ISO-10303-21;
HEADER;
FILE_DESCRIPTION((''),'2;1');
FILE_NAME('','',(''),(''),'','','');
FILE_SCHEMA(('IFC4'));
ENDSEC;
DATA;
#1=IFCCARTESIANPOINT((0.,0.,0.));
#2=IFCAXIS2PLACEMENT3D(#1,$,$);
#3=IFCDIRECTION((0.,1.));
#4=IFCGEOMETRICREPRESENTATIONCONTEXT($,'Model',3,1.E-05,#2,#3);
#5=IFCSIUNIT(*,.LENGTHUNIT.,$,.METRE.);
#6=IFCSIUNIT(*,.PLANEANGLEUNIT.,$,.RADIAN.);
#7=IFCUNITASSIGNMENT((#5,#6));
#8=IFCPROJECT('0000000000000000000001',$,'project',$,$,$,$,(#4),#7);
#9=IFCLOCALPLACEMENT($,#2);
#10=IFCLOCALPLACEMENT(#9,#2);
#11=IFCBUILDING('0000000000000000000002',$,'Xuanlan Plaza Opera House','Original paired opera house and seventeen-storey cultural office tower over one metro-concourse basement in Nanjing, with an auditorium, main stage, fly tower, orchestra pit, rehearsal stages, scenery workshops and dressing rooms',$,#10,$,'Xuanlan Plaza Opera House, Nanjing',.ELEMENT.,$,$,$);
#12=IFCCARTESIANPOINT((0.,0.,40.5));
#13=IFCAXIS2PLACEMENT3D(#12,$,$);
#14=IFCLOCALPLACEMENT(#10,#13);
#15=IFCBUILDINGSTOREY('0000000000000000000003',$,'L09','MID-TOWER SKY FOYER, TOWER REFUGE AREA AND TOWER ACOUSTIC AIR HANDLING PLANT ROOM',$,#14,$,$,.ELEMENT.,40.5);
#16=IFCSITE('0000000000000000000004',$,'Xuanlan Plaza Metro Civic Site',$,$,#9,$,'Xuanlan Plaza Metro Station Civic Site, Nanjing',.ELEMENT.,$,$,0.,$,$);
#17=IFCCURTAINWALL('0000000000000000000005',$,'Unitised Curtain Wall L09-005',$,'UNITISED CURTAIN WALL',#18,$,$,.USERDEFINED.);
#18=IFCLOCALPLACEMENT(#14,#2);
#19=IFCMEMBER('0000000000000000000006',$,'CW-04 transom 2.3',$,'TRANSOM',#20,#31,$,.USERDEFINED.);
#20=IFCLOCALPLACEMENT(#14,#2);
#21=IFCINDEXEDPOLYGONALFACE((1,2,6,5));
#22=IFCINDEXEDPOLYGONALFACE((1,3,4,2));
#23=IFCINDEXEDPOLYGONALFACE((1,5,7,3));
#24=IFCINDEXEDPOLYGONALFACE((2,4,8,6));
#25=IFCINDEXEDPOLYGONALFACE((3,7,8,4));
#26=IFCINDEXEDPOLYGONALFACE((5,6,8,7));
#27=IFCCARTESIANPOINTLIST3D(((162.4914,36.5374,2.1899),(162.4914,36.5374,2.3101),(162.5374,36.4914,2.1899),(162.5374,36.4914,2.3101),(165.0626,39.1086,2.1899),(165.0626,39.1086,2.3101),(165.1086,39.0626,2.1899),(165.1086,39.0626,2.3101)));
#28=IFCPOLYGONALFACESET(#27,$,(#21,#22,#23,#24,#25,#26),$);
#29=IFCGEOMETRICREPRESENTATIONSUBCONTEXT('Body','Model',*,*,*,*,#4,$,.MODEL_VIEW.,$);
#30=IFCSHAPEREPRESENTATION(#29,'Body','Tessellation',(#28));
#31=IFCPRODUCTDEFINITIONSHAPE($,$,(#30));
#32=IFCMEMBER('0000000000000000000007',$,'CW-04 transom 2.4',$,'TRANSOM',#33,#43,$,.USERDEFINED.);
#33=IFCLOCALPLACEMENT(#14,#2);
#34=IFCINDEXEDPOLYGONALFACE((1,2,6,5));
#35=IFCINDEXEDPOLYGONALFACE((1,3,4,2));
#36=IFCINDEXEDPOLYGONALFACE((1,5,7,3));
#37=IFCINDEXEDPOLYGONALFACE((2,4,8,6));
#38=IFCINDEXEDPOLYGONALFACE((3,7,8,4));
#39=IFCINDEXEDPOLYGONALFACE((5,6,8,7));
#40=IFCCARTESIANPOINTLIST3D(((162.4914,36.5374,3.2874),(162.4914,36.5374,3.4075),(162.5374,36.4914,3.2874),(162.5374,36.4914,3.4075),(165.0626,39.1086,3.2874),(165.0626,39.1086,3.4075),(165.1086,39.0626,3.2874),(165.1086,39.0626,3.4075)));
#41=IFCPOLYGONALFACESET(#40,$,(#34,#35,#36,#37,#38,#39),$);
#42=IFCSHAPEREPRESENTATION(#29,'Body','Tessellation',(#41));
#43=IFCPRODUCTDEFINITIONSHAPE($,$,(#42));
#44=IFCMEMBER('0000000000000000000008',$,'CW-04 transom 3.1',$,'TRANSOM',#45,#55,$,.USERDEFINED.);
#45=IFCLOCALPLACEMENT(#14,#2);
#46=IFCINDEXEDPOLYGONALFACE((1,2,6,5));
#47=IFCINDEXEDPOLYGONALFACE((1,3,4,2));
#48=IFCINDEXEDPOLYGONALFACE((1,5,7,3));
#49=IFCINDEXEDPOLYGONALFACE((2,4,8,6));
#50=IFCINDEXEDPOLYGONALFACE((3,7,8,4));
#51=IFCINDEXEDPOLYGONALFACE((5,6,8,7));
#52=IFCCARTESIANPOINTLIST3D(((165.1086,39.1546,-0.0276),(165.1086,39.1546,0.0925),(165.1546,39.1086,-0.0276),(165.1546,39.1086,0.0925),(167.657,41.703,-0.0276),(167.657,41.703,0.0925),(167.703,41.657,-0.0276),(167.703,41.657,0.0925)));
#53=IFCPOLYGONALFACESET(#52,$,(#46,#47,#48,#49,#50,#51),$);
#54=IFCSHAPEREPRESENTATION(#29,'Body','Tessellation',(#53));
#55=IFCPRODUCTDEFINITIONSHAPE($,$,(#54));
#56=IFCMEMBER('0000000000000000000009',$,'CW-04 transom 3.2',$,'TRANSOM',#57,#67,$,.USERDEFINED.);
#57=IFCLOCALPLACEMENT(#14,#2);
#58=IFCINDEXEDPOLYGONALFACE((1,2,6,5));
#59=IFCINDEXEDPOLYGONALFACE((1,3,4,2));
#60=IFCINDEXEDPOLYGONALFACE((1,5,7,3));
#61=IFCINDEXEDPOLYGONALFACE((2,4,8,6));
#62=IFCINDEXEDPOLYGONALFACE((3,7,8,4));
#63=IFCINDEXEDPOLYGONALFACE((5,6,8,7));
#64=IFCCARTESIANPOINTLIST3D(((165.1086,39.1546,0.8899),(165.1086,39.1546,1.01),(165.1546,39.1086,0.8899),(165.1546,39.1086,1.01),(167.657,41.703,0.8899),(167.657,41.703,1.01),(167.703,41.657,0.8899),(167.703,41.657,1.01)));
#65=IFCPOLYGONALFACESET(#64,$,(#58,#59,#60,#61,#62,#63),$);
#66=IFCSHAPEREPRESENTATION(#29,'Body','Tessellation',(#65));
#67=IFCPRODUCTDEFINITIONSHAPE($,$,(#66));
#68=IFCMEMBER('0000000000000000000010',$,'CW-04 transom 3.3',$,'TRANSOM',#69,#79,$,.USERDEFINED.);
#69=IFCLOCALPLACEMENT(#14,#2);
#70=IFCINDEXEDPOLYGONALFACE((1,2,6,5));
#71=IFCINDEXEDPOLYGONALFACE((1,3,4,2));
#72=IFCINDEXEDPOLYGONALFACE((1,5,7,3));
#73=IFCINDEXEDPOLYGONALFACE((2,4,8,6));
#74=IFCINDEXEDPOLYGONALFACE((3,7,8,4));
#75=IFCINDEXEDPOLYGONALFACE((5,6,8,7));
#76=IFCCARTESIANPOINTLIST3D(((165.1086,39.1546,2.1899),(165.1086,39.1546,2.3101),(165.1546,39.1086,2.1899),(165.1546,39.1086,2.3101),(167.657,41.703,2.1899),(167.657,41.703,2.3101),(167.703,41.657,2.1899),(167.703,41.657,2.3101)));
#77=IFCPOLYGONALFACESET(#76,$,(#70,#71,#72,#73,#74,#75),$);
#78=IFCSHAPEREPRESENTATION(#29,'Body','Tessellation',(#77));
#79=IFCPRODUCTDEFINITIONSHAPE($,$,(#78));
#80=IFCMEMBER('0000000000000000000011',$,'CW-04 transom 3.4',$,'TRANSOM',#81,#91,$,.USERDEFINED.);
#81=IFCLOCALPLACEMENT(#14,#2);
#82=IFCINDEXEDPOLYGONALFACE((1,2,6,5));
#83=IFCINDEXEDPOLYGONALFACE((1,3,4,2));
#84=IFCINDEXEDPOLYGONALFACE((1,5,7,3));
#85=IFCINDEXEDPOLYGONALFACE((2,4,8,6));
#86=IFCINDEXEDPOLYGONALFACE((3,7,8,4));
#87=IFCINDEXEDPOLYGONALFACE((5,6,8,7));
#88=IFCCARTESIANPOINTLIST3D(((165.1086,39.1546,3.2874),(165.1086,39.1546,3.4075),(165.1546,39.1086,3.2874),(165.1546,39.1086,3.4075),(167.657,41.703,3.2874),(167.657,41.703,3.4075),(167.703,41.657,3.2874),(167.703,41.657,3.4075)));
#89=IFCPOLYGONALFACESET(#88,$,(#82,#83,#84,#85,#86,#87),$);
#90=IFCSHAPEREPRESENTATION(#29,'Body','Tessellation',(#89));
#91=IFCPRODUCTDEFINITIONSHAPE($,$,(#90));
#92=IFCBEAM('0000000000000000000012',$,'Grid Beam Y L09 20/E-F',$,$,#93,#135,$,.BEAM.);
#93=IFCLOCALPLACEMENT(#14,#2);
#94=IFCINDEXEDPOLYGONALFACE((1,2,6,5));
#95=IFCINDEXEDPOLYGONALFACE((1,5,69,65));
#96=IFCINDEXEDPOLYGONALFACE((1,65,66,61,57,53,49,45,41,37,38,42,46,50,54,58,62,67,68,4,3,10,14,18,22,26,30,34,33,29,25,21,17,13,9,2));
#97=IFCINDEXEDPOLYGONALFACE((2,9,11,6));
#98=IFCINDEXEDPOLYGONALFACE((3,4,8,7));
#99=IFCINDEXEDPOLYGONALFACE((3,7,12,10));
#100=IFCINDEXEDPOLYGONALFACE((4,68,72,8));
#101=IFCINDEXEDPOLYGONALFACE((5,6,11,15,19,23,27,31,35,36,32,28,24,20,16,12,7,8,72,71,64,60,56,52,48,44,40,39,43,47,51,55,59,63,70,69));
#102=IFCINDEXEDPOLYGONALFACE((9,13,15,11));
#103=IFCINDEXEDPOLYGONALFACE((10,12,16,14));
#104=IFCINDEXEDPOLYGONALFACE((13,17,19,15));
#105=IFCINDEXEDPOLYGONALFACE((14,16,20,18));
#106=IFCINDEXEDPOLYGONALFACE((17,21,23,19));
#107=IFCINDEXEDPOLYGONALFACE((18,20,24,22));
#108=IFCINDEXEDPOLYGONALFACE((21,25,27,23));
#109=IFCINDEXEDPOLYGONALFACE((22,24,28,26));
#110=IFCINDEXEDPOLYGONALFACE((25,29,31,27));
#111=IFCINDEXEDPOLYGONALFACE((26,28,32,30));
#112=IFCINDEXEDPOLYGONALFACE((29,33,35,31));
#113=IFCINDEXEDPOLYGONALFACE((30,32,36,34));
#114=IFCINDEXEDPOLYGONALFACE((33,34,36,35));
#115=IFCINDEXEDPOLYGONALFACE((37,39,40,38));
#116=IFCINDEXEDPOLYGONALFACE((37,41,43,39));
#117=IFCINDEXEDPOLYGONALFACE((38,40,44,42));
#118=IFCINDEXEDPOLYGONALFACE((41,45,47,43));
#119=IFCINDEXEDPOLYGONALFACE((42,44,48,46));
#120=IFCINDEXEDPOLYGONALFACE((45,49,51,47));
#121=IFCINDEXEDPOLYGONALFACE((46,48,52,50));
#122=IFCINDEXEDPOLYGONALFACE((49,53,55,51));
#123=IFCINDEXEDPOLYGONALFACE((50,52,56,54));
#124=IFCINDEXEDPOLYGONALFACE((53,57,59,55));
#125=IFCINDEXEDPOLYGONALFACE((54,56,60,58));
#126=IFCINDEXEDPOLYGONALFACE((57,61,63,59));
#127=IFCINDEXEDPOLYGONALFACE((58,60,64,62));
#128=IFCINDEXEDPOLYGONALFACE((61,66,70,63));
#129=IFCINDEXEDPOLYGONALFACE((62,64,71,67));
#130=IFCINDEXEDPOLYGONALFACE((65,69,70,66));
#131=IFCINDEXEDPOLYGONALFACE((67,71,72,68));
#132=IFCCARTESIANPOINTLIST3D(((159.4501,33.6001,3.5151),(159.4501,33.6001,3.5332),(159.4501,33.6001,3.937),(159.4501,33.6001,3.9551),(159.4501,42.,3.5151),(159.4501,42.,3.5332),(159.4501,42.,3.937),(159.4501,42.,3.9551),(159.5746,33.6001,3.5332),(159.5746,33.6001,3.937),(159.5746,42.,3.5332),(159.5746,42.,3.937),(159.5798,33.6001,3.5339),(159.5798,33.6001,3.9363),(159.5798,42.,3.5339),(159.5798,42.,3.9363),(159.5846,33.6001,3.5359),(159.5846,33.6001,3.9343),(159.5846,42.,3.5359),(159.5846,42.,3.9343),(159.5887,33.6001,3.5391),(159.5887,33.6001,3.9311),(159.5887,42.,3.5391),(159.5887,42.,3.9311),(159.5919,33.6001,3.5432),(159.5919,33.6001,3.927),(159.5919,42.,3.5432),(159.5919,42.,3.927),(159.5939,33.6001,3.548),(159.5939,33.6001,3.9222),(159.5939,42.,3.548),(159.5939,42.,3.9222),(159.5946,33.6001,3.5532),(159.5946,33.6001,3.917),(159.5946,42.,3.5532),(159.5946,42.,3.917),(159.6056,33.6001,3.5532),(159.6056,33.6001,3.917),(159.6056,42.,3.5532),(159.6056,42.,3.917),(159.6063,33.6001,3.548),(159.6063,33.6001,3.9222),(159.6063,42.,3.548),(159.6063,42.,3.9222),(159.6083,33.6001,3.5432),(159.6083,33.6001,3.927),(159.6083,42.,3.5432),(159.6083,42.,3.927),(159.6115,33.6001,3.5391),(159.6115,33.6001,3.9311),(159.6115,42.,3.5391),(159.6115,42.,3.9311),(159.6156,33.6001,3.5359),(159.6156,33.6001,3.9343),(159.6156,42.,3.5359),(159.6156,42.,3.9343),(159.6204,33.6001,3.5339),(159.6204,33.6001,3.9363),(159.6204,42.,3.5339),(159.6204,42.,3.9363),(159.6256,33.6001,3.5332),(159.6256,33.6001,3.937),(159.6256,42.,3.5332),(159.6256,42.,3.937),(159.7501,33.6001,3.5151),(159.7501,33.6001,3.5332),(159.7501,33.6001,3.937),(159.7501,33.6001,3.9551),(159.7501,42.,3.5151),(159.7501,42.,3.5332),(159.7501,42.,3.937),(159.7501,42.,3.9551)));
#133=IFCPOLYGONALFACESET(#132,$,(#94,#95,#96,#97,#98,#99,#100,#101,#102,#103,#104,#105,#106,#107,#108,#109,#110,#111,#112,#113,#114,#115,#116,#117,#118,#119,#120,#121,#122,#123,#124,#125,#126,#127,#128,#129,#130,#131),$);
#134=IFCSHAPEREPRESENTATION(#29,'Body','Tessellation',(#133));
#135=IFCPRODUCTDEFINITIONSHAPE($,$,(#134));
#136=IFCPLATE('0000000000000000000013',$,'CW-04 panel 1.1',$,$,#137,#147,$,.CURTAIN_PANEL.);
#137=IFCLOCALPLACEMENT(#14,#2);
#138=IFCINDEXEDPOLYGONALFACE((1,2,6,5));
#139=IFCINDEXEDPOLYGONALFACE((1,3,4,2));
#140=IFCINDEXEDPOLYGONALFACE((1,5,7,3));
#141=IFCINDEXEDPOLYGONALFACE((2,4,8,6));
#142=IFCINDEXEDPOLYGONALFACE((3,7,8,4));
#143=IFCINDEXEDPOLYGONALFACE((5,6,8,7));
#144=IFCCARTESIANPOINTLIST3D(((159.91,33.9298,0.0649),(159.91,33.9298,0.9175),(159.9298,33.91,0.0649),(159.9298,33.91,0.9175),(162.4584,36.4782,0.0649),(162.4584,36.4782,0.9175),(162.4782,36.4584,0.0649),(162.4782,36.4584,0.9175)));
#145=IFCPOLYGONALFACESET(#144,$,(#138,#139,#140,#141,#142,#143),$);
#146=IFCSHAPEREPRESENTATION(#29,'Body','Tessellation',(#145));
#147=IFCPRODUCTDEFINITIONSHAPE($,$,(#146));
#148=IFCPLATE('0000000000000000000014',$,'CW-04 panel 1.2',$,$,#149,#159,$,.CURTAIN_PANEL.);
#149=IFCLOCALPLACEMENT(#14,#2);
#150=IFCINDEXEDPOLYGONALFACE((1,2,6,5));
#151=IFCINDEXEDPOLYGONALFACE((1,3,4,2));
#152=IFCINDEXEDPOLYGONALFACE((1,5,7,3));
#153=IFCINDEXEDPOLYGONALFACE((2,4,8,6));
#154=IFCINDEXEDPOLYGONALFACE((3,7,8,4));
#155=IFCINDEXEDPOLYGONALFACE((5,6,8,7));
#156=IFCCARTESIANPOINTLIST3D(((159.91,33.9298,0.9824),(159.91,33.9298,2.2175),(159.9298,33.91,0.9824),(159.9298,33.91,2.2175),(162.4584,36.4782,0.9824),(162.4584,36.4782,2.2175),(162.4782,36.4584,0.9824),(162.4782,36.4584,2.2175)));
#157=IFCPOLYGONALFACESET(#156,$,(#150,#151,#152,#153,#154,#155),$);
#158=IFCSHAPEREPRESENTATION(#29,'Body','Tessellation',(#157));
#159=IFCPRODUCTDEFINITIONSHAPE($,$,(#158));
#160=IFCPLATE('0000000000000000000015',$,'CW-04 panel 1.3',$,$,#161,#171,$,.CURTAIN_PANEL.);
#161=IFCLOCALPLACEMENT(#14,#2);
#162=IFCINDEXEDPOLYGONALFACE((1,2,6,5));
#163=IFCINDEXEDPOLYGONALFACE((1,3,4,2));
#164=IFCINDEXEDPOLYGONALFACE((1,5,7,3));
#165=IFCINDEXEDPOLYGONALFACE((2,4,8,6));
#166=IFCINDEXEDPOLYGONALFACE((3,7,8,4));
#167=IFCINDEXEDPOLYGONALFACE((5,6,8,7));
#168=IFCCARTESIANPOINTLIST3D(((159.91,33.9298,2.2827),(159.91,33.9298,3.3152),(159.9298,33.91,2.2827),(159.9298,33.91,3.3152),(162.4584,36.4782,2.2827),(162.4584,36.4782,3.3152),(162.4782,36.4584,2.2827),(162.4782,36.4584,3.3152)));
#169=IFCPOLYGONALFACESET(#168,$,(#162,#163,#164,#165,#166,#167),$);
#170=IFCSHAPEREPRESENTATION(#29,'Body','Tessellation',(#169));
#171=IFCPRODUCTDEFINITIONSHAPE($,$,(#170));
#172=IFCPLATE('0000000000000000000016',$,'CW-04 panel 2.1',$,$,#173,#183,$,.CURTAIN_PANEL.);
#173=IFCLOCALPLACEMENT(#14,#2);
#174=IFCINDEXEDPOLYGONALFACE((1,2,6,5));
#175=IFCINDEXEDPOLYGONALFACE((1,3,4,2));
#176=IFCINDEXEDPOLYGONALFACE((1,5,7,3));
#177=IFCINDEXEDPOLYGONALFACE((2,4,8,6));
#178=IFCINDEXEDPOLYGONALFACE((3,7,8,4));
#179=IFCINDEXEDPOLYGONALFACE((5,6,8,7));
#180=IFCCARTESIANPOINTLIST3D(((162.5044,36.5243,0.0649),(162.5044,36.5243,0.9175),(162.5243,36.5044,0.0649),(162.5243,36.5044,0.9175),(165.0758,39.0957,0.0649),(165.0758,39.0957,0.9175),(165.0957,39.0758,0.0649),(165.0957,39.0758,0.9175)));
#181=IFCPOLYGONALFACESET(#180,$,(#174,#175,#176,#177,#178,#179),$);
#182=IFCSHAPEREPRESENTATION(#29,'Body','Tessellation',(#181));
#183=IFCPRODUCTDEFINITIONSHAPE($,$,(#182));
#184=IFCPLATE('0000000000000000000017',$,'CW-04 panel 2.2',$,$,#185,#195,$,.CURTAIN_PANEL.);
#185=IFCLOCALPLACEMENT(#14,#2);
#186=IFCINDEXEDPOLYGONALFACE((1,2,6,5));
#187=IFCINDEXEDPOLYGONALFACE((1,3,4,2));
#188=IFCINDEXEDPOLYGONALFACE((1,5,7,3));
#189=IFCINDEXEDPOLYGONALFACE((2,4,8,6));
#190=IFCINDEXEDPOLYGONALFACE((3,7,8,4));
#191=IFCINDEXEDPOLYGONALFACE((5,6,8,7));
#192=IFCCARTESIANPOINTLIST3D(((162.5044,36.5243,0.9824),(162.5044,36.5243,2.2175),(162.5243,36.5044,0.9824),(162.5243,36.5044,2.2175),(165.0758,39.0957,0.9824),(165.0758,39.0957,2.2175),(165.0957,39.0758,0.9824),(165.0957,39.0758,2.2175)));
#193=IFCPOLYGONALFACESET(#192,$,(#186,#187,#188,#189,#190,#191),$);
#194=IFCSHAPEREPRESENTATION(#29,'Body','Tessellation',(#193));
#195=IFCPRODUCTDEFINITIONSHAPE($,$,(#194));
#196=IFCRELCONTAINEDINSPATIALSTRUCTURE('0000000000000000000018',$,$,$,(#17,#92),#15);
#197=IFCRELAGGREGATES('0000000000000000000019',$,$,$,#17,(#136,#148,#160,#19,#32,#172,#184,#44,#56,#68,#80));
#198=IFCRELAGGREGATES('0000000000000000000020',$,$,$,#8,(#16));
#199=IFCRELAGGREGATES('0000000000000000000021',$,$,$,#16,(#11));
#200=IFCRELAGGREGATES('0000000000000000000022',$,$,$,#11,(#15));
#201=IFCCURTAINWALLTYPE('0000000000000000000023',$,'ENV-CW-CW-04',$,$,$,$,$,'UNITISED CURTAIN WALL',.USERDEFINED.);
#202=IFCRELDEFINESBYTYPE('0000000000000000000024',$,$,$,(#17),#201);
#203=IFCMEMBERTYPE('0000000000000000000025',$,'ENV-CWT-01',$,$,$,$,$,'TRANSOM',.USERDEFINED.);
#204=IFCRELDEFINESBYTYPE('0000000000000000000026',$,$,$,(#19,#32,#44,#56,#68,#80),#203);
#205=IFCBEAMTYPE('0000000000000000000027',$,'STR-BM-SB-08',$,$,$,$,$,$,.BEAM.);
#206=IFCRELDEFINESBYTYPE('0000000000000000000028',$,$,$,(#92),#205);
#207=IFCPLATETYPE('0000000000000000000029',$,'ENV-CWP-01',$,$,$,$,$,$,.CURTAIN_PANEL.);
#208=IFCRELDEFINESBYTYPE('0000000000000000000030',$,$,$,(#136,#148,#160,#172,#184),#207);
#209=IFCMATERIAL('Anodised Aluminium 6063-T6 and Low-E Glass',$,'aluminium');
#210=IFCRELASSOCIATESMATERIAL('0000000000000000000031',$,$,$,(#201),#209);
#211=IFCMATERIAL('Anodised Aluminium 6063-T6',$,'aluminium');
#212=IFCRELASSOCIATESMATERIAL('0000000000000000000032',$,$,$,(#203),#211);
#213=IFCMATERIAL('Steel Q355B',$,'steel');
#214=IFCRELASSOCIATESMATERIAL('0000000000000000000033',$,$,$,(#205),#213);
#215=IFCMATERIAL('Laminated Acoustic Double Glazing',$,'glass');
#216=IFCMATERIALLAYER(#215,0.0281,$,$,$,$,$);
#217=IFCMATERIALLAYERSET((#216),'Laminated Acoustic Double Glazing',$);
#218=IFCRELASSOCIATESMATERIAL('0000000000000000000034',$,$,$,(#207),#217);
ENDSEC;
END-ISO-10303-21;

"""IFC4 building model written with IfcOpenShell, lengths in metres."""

from ifc_helpers import new_model, si_unit, direction, frame, origin, origin_2d, place, context, subcontext, project, spatial, rectangle, i_section, extrude, material, layer, layer_set, material_profile, profile_set, type_object, element, aggregate, save


model = new_model("IFC4")

# Units and contexts
model_context = context("Model", 3, precision=1e-05, world=origin(), true_north=direction((0.0, 1.0)))
body_context = subcontext(model_context, "Body", "Model", "MODEL_VIEW")
ifc_project = project(units=[si_unit("LENGTHUNIT", "METRE"), si_unit("PLANEANGLEUNIT", "RADIAN")], contexts=[model_context])

# Site, building, storey
site_placement = place(None, origin())
site = spatial("IfcSite", under=ifc_project, at=site_placement, Name="Xuanlan Plaza Metro Civic Site", LongName="Xuanlan Plaza Metro Station Civic Site, Nanjing", CompositionType="ELEMENT", RefElevation=0.0)
building_placement = place(site_placement, origin())
building = spatial("IfcBuilding", under=site, at=building_placement, Name="Xuanlan Plaza Opera House", Description="Original paired opera house and seventeen-storey cultural office tower over one metro-concourse basement in Nanjing, with an auditorium, main stage, fly tower, orchestra pit, rehearsal stages, scenery workshops and dressing rooms", LongName="Xuanlan Plaza Opera House, Nanjing", CompositionType="ELEMENT")
storey_placement = place(building_placement, frame((0.0, 0.0, 40.5)))
storey = spatial("IfcBuildingStorey", under=building, at=storey_placement, Name="L09", Description="MID-TOWER SKY FOYER, TOWER REFUGE AREA AND TOWER ACOUSTIC AIR HANDLING PLANT ROOM", CompositionType="ELEMENT", Elevation=40.5)

# Shared definitions
ifc_material_1 = material(Name="Steel Q355B", Category="steel")

# Curtain wall
ifc_material_2 = material(Name="Anodised Aluminium 6063-T6 and Low-E Glass", Category="aluminium")
curtain_wall_type_1 = type_object("IfcCurtainWallType", Name="ENV-CW-CW-04", ElementType="UNITISED CURTAIN WALL", PredefinedType="USERDEFINED", material=ifc_material_2)
curtain_wall_1_placement = place(storey_placement, origin())
curtain_wall_1 = element("IfcCurtainWall", 1, at=curtain_wall_1_placement, inside=storey, type_object=curtain_wall_type_1, Name="Unitised Curtain Wall L09-005", ObjectType="UNITISED CURTAIN WALL", PredefinedType="USERDEFINED")
ifc_material_3 = material(Name="Anodised Aluminium 6063-T6", Category="aluminium")

# Members
ifc_material_profile_1 = material_profile(ifc_material_3, rectangle(XDim=0.0649, YDim=0.1201, at=origin_2d()), Name="ALU-T 65x120")
ifc_profile_set_1 = profile_set([ifc_material_profile_1], Name="Anodised Aluminium 6063-T6")
member_type_1 = type_object("IfcMemberType", Name="ENV-CWT-01", ElementType="TRANSOM", PredefinedType="USERDEFINED", material=ifc_profile_set_1)
member_1_placement = place(storey_placement, frame((162.5144, 36.5144, 2.25), z_axis=(0.707107, 0.707107, 0.0), x_axis=(-0.707107, 0.707107, 0.0)))
member_1 = element("IfcMember", 2, at=member_1_placement, type_object=member_type_1, Name="CW-04 transom 2.3", ObjectType="TRANSOM", PredefinedType="USERDEFINED", context=body_context, shape_type="SweptSolid", body=[
    extrude(rectangle(XDim=0.0649, YDim=0.1201, at=origin_2d()), origin(), (0.0, 0.0, 1.0), 3.6362),
])
member_2_placement = place(storey_placement, frame((162.5144, 36.5144, 3.3474), z_axis=(0.707107, 0.707107, 0.0), x_axis=(-0.707107, 0.707107, 0.0)))
member_2 = element("IfcMember", 3, at=member_2_placement, type_object=member_type_1, Name="CW-04 transom 2.4", ObjectType="TRANSOM", PredefinedType="USERDEFINED", context=body_context, shape_type="SweptSolid", body=[
    extrude(rectangle(XDim=0.0649, YDim=0.1201, at=origin_2d()), origin(), (0.0, 0.0, 1.0), 3.6362),
])
member_3_placement = place(storey_placement, frame((165.1316, 39.1316, 0.0325), z_axis=(0.707107, 0.707107, 0.0), x_axis=(-0.707107, 0.707107, 0.0)))
member_3 = element("IfcMember", 4, at=member_3_placement, type_object=member_type_1, Name="CW-04 transom 3.1", ObjectType="TRANSOM", PredefinedType="USERDEFINED", context=body_context, shape_type="SweptSolid", body=[
    extrude(rectangle(XDim=0.0649, YDim=0.1201, at=origin_2d()), origin(), (0.0, 0.0, 1.0), 3.604),
])
member_4_placement = place(storey_placement, frame((165.1316, 39.1316, 0.95), z_axis=(0.707107, 0.707107, 0.0), x_axis=(-0.707107, 0.707107, 0.0)))
member_4 = element("IfcMember", 5, at=member_4_placement, type_object=member_type_1, Name="CW-04 transom 3.2", ObjectType="TRANSOM", PredefinedType="USERDEFINED", context=body_context, shape_type="SweptSolid", body=[
    extrude(rectangle(XDim=0.0649, YDim=0.1201, at=origin_2d()), origin(), (0.0, 0.0, 1.0), 3.604),
])
member_5_placement = place(storey_placement, frame((165.1316, 39.1316, 2.25), z_axis=(0.707107, 0.707107, 0.0), x_axis=(-0.707107, 0.707107, 0.0)))
member_5 = element("IfcMember", 6, at=member_5_placement, type_object=member_type_1, Name="CW-04 transom 3.3", ObjectType="TRANSOM", PredefinedType="USERDEFINED", context=body_context, shape_type="SweptSolid", body=[
    extrude(rectangle(XDim=0.0649, YDim=0.1201, at=origin_2d()), origin(), (0.0, 0.0, 1.0), 3.604),
])
member_6_placement = place(storey_placement, frame((165.1316, 39.1316, 3.3474), z_axis=(0.707107, 0.707107, 0.0), x_axis=(-0.707107, 0.707107, 0.0)))
member_6 = element("IfcMember", 7, at=member_6_placement, type_object=member_type_1, Name="CW-04 transom 3.4", ObjectType="TRANSOM", PredefinedType="USERDEFINED", context=body_context, shape_type="SweptSolid", body=[
    extrude(rectangle(XDim=0.0649, YDim=0.1201, at=origin_2d()), origin(), (0.0, 0.0, 1.0), 3.604),
])

# Beam
ifc_material_profile_2 = material_profile(ifc_material_1, i_section(OverallWidth=0.3, OverallDepth=0.4399, WebThickness=0.011, FlangeThickness=0.0181, FilletRadius=0.02, at=origin_2d()), Name="HM 440x300x11x18")
ifc_profile_set_2 = profile_set([ifc_material_profile_2], Name="Steel Q355B")
beam_type = type_object("IfcBeamType", Name="STR-BM-SB-08", PredefinedType="BEAM", material=ifc_profile_set_2)
beam_placement = place(storey_placement, frame((159.6001, 33.6001, 3.7351), z_axis=(0.0, 1.0, 0.0), x_axis=(-1.0, 0.0, 0.0)))
element("IfcBeam", 8, at=beam_placement, inside=storey, type_object=beam_type, Name="Grid Beam Y L09 20/E-F", PredefinedType="BEAM", context=body_context, shape_type="SweptSolid", body=[
    extrude(i_section(OverallWidth=0.3, OverallDepth=0.4399, WebThickness=0.011, FlangeThickness=0.0181, FilletRadius=0.02, at=origin_2d()), origin(), (0.0, 0.0, 1.0), 8.3999),
])

# Plates
ifc_material_4 = material(Name="Laminated Acoustic Double Glazing", Category="glass")
ifc_layer_1 = layer(ifc_material_4, 0.0281)
ifc_layer_set_1 = layer_set([ifc_layer_1], Name="Laminated Acoustic Double Glazing")
plate_type_1 = type_object("IfcPlateType", Name="ENV-CWP-01", PredefinedType="CURTAIN_PANEL", material=ifc_layer_set_1)
plate_1_placement = place(storey_placement, frame((161.1941, 35.1941, 0.0649), z_axis=(0.0, 0.0, 1.0), x_axis=(0.707107, 0.707107, 0.0)))
plate_1 = element("IfcPlate", 9, at=plate_1_placement, type_object=plate_type_1, Name="CW-04 panel 1.1", PredefinedType="CURTAIN_PANEL", context=body_context, shape_type="SweptSolid", body=[
    extrude(rectangle(XDim=3.604, YDim=0.0281, at=origin_2d()), origin(), (0.0, 0.0, 1.0), 0.8525),
])
plate_2_placement = place(storey_placement, frame((161.1941, 35.1941, 0.9824), z_axis=(0.0, 0.0, 1.0), x_axis=(0.707107, 0.707107, 0.0)))
plate_2 = element("IfcPlate", 10, at=plate_2_placement, type_object=plate_type_1, Name="CW-04 panel 1.2", PredefinedType="CURTAIN_PANEL", context=body_context, shape_type="SweptSolid", body=[
    extrude(rectangle(XDim=3.604, YDim=0.0281, at=origin_2d()), origin(), (0.0, 0.0, 1.0), 1.2351),
])
plate_3_placement = place(storey_placement, frame((161.1941, 35.1941, 2.2827), z_axis=(0.0, 0.0, 1.0), x_axis=(0.707107, 0.707107, 0.0)))
plate_3 = element("IfcPlate", 11, at=plate_3_placement, type_object=plate_type_1, Name="CW-04 panel 1.3", PredefinedType="CURTAIN_PANEL", context=body_context, shape_type="SweptSolid", body=[
    extrude(rectangle(XDim=3.604, YDim=0.0281, at=origin_2d()), origin(), (0.0, 0.0, 1.0), 1.0325),
])
plate_4_placement = place(storey_placement, frame((163.8, 37.8, 0.0649), z_axis=(0.0, 0.0, 1.0), x_axis=(0.707107, 0.707107, 0.0)))
plate_4 = element("IfcPlate", 12, at=plate_4_placement, type_object=plate_type_1, Name="CW-04 panel 2.1", PredefinedType="CURTAIN_PANEL", context=body_context, shape_type="SweptSolid", body=[
    extrude(rectangle(XDim=3.6365, YDim=0.0281, at=origin_2d()), origin(), (0.0, 0.0, 1.0), 0.8525),
])
plate_5_placement = place(storey_placement, frame((163.8, 37.8, 0.9824), z_axis=(0.0, 0.0, 1.0), x_axis=(0.707107, 0.707107, 0.0)))
plate_5 = element("IfcPlate", 13, at=plate_5_placement, type_object=plate_type_1, Name="CW-04 panel 2.2", PredefinedType="CURTAIN_PANEL", context=body_context, shape_type="SweptSolid", body=[
    extrude(rectangle(XDim=3.6365, YDim=0.0281, at=origin_2d()), origin(), (0.0, 0.0, 1.0), 1.2351),
])
aggregate(curtain_wall_1, [plate_1, plate_2, plate_3, member_1, member_2, plate_4, plate_5, member_3, member_4, member_5, member_6])

save(model, "model.ifc")
